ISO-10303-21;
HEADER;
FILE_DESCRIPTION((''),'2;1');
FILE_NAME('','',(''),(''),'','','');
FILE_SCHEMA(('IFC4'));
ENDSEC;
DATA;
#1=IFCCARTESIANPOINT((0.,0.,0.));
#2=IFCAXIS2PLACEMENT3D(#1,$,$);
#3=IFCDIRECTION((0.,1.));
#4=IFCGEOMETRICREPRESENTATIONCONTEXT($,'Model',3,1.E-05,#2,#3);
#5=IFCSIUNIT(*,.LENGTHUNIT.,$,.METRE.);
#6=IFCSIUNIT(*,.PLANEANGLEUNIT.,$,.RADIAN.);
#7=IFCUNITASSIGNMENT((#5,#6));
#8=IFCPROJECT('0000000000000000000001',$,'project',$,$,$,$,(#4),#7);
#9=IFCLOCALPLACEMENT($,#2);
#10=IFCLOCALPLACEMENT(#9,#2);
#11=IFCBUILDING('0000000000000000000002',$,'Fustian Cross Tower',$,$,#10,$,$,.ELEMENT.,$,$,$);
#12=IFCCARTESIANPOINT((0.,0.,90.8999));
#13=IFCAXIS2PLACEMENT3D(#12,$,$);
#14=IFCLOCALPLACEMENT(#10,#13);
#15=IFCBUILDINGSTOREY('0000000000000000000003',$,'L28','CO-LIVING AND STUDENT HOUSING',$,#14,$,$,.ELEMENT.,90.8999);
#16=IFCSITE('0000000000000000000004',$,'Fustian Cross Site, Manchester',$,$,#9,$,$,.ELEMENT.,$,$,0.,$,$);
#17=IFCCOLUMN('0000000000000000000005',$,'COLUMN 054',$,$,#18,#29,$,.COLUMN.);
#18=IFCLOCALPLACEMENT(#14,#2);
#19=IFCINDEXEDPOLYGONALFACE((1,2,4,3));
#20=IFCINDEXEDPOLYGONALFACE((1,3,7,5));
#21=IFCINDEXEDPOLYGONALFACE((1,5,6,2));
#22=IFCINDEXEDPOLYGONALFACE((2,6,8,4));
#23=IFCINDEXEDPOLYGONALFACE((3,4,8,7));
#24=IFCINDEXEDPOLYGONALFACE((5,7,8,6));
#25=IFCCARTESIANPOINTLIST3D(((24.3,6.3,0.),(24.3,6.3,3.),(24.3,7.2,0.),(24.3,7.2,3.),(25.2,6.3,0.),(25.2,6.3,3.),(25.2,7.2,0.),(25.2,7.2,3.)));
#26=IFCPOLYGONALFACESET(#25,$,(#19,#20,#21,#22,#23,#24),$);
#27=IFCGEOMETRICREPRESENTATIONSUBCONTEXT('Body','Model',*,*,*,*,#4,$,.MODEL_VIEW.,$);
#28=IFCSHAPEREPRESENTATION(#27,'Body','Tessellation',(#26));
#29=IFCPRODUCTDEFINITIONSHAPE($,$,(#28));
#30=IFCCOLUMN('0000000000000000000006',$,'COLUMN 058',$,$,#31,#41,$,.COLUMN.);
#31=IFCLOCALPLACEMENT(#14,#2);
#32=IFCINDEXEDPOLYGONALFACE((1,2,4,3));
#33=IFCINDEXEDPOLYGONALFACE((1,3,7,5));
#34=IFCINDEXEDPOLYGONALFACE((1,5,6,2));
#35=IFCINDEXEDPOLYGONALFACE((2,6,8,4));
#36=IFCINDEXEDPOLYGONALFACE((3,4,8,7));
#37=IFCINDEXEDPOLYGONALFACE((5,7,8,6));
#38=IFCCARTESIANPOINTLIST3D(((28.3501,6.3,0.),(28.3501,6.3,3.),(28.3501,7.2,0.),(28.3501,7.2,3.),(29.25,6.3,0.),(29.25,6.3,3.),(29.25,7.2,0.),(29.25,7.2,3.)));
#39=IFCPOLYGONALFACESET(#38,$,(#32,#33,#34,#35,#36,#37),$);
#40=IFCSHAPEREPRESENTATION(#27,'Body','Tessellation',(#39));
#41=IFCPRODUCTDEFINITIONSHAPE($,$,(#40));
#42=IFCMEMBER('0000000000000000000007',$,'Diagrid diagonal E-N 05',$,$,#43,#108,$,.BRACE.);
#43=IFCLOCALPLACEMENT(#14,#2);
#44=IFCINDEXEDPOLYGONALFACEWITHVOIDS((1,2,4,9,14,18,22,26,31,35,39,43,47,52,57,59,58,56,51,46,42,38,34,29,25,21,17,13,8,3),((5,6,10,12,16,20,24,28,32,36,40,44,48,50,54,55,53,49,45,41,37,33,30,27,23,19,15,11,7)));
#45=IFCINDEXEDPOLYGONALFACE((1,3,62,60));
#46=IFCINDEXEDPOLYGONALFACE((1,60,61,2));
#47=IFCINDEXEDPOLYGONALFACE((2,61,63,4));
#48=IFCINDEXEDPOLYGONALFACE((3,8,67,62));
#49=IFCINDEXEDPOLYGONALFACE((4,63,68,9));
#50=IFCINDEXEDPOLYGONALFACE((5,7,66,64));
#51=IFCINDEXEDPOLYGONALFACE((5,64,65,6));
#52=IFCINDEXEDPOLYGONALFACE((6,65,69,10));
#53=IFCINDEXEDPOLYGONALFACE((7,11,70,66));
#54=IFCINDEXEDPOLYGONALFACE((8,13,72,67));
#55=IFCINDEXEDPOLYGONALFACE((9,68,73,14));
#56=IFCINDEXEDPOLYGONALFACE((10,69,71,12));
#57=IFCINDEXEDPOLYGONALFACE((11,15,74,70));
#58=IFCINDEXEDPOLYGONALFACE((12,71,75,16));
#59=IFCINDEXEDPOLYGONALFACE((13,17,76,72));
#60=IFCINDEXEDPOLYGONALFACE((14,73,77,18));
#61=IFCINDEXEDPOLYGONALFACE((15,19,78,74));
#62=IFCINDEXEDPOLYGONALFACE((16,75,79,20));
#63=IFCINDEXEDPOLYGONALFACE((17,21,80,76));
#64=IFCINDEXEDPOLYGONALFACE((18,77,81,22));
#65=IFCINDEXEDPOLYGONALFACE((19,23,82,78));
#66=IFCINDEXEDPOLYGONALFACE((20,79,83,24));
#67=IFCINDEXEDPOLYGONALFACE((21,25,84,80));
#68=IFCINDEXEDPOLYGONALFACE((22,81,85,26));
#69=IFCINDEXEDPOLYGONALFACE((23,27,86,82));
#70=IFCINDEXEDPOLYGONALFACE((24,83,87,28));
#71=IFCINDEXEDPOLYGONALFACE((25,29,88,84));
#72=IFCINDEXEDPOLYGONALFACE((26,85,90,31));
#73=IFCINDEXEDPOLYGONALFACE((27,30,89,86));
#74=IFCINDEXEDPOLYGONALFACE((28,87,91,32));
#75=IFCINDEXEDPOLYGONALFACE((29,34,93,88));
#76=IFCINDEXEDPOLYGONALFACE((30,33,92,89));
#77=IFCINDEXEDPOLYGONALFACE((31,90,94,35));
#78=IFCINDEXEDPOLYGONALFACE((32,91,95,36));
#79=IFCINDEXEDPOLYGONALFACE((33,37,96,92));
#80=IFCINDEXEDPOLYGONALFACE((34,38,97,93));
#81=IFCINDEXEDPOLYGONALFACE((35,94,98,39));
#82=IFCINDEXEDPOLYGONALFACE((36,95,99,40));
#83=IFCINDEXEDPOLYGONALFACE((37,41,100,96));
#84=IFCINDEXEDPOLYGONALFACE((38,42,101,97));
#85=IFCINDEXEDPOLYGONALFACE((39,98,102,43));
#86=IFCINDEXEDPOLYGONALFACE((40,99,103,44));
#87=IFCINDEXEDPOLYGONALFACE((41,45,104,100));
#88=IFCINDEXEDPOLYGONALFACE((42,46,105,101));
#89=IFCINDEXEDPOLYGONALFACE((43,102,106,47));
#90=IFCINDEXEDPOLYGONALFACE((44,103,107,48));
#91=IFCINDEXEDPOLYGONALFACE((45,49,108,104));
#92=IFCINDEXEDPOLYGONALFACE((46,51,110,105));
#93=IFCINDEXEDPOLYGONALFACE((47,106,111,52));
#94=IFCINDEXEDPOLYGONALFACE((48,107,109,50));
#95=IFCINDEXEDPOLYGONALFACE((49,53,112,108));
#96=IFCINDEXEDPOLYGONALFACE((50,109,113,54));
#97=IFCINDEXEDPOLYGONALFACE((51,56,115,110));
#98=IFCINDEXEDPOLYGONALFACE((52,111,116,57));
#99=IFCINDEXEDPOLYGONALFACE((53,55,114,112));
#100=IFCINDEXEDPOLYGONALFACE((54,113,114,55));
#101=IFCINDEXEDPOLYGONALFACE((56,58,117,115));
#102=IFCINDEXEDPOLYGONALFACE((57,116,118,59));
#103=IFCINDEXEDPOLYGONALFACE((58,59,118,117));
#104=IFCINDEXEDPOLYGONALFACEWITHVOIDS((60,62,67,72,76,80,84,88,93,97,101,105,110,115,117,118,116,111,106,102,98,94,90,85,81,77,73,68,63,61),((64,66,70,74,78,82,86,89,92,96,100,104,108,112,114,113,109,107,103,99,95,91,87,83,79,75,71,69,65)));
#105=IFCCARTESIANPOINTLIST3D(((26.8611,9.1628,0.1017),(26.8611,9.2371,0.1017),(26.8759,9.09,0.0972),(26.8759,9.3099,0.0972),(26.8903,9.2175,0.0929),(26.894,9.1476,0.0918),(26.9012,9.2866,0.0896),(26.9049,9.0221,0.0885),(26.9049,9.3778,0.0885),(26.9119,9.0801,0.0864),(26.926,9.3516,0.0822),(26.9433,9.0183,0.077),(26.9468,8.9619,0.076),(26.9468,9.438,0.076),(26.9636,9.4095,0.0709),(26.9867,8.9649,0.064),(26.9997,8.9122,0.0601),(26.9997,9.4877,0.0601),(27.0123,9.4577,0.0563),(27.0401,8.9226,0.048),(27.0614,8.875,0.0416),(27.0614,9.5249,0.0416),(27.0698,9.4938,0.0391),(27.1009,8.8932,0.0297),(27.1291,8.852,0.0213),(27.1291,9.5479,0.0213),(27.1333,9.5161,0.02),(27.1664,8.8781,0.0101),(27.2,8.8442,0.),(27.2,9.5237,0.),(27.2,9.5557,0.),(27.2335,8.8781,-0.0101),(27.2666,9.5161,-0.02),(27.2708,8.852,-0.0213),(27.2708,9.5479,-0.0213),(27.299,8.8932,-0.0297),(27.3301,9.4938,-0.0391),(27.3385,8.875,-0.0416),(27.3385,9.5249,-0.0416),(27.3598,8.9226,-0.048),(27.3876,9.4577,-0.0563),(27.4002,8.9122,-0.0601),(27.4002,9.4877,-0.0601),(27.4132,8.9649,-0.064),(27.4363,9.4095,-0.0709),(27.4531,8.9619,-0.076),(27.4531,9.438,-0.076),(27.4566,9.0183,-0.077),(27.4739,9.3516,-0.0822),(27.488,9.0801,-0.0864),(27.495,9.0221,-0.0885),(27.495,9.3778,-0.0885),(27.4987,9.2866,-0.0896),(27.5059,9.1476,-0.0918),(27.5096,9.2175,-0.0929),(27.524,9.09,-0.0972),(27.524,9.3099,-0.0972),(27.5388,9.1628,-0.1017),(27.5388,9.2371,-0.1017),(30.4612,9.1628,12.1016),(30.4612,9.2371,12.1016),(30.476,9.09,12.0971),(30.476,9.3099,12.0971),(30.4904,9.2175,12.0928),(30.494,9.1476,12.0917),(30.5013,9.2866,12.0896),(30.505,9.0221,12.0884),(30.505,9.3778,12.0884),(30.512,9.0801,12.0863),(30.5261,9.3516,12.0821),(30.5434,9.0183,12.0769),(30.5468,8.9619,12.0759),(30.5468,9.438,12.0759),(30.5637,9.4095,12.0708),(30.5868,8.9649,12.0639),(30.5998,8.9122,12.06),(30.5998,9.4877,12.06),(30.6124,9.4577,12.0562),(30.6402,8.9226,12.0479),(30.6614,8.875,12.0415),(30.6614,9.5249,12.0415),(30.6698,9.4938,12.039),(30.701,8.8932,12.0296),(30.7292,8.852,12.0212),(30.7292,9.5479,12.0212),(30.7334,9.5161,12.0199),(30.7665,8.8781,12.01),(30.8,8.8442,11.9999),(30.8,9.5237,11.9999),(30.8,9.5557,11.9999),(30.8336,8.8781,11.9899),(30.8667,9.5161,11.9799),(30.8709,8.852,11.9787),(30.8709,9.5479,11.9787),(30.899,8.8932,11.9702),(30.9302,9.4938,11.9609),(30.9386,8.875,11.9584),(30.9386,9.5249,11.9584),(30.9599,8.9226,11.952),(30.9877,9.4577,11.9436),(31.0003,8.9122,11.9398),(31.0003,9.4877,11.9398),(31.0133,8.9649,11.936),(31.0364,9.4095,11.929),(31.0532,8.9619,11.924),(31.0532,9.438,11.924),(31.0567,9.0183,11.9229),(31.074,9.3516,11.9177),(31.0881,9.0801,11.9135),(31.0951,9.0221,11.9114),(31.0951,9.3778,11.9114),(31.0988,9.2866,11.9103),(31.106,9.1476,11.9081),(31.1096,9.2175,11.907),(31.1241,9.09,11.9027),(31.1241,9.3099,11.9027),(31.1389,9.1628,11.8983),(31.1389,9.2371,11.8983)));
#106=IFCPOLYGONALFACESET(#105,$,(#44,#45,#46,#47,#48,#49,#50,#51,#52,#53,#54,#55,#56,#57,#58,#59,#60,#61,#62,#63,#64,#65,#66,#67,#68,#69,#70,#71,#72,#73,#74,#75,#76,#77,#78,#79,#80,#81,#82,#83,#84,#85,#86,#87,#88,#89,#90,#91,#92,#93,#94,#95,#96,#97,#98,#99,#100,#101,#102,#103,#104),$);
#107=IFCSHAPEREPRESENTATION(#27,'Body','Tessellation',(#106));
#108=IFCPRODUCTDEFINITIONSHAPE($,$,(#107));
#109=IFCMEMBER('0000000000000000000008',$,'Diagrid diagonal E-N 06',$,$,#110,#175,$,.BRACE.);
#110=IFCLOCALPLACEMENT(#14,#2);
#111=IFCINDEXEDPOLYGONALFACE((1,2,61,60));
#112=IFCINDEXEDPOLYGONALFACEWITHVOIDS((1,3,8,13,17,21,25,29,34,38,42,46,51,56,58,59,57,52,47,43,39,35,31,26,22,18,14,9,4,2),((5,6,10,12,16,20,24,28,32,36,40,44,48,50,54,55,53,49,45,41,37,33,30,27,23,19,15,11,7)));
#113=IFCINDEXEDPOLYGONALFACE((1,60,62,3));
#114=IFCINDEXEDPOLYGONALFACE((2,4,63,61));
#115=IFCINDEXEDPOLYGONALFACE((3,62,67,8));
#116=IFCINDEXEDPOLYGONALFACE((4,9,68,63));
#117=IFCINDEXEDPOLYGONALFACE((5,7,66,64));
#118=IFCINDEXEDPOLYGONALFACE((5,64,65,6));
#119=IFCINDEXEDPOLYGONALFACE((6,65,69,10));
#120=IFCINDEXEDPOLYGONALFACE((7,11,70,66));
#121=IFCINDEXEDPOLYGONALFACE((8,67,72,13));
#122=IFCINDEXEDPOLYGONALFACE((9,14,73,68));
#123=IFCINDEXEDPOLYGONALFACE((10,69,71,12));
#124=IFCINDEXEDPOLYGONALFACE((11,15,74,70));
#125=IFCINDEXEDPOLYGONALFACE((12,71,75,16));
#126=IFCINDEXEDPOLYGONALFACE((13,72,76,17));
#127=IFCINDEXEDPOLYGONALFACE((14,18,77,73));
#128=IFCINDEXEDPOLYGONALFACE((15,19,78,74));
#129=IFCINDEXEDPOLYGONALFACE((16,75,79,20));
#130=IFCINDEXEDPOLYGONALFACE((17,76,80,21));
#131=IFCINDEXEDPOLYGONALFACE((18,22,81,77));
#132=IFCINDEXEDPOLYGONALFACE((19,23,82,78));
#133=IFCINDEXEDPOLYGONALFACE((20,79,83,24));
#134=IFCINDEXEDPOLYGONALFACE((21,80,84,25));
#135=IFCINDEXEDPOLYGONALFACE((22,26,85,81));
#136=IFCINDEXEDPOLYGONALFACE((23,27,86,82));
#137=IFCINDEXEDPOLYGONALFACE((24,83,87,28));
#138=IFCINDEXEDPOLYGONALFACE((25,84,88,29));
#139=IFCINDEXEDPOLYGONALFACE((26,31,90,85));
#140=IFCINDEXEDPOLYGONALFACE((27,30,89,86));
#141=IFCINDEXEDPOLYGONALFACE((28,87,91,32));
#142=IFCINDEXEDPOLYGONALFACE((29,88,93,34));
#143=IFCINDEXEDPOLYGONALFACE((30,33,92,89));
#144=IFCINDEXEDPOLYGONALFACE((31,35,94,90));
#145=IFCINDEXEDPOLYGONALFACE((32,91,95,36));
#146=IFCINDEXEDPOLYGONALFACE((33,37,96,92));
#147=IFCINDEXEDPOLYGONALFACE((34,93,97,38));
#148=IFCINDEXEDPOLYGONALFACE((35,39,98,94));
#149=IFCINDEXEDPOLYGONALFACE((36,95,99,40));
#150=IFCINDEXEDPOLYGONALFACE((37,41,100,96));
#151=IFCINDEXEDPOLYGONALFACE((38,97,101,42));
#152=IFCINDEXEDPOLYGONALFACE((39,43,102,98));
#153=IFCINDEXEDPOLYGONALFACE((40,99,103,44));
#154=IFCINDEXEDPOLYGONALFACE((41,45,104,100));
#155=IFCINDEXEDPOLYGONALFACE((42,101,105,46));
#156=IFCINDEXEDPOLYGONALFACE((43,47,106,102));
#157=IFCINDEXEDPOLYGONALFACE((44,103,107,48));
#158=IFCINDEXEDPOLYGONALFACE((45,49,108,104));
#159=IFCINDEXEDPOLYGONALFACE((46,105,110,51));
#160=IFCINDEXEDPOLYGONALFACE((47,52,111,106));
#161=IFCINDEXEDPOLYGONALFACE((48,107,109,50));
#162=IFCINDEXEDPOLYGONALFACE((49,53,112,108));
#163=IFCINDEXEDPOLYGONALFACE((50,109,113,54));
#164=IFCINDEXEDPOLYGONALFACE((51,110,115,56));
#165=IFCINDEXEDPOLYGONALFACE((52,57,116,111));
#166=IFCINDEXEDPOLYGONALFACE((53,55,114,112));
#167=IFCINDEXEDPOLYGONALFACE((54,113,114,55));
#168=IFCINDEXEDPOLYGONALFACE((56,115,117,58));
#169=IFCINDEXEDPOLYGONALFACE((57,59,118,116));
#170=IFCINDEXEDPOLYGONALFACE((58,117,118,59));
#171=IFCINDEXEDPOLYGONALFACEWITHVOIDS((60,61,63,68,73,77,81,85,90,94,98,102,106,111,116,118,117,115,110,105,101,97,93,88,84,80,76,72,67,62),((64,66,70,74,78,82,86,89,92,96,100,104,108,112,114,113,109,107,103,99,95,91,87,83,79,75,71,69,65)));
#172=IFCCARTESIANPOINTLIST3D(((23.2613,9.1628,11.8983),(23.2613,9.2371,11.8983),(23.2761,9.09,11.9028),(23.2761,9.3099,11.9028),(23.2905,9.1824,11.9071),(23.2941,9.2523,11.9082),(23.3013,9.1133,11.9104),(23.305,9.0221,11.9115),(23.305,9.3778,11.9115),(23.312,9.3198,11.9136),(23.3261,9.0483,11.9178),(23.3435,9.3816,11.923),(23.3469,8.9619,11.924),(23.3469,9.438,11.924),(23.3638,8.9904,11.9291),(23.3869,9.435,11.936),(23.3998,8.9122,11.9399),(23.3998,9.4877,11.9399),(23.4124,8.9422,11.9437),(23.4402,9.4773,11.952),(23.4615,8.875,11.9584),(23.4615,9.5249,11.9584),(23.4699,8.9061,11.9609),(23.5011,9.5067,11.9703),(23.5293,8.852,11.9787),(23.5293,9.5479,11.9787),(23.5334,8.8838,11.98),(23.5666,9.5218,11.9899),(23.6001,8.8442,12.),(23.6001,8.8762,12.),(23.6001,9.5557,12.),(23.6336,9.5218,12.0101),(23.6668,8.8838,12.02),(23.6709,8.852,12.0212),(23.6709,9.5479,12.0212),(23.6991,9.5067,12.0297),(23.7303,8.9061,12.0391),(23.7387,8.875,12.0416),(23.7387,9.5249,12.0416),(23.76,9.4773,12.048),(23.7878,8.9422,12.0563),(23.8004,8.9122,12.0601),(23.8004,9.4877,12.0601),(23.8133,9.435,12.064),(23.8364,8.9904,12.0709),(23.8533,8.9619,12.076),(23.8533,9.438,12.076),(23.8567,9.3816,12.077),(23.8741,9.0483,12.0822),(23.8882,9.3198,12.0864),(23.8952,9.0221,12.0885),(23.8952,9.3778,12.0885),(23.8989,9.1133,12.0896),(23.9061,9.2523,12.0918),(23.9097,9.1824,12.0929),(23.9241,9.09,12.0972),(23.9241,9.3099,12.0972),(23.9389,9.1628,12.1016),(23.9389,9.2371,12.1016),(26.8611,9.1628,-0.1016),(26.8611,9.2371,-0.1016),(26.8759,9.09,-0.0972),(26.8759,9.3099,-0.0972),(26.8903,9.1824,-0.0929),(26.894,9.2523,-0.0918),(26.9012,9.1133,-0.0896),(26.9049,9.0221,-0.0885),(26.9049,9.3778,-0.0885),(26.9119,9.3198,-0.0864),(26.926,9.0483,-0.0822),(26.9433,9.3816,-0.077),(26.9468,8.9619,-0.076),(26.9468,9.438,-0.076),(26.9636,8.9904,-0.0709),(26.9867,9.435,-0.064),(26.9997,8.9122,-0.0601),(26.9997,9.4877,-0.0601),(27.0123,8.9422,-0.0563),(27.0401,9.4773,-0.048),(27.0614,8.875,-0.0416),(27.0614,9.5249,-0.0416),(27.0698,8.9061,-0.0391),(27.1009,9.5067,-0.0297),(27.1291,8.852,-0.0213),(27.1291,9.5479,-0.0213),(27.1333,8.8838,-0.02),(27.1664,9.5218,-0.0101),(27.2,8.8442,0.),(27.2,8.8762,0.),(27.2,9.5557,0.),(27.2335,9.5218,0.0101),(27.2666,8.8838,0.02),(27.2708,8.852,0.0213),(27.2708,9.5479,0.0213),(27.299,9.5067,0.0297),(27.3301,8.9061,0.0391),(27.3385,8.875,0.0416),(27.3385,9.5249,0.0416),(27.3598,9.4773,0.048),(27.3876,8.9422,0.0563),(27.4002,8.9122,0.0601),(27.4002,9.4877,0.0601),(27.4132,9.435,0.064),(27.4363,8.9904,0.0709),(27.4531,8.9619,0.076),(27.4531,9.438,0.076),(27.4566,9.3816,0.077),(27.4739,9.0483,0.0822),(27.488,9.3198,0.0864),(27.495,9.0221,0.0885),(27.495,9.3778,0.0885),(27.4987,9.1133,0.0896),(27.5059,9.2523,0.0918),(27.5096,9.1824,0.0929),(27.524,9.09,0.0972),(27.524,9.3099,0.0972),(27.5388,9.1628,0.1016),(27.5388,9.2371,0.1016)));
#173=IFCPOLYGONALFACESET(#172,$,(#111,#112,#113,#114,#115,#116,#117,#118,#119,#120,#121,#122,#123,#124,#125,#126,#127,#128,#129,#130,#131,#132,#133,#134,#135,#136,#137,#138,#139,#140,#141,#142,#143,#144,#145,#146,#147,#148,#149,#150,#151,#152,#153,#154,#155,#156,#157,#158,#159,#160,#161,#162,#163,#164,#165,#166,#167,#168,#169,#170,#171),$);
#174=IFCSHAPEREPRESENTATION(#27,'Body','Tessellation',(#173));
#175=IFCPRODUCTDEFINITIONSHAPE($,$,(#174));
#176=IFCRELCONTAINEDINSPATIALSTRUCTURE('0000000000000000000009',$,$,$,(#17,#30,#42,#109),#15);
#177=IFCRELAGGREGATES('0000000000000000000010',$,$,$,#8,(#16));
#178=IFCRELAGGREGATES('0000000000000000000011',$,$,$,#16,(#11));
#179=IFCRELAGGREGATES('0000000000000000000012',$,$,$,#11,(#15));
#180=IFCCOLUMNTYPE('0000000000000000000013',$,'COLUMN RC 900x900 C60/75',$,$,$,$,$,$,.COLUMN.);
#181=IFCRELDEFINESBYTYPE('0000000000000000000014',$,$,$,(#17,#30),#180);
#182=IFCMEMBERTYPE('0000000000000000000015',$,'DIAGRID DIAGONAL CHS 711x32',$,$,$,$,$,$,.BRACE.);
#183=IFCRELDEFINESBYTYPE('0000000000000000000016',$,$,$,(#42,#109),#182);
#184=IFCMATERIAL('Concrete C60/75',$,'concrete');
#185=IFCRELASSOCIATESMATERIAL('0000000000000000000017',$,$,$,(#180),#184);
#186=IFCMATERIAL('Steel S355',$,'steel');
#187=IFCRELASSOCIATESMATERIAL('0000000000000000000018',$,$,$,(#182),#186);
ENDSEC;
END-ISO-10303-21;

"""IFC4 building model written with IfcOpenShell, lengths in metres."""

from ifc_helpers import new_model, si_unit, direction, frame, origin, origin_2d, place, context, subcontext, project, spatial, rectangle, hollow_circle, extrude, material, material_profile, profile_set, type_object, element, save


model = new_model("IFC4")

# Units and contexts
model_context = context("Model", 3, precision=1e-05, world=origin(), true_north=direction((0.0, 1.0)))
body_context = subcontext(model_context, "Body", "Model", "MODEL_VIEW")
ifc_project = project(units=[si_unit("LENGTHUNIT", "METRE"), si_unit("PLANEANGLEUNIT", "RADIAN")], contexts=[model_context])

# Site, building, storey
site_placement = place(None, origin())
site = spatial("IfcSite", under=ifc_project, at=site_placement, Name="Fustian Cross Site, Manchester", CompositionType="ELEMENT", RefElevation=0.0)
building_placement = place(site_placement, origin())
building = spatial("IfcBuilding", under=site, at=building_placement, Name="Fustian Cross Tower", CompositionType="ELEMENT")
storey_placement = place(building_placement, frame((0.0, 0.0, 90.8999)))
storey = spatial("IfcBuildingStorey", under=building, at=storey_placement, Name="L28", Description="CO-LIVING AND STUDENT HOUSING", CompositionType="ELEMENT", Elevation=90.8999)

# Columns
ifc_material_1 = material(Name="Concrete C60/75", Category="concrete")
ifc_material_profile_1 = material_profile(ifc_material_1, rectangle(XDim=0.8999, YDim=0.8999, at=origin_2d()), Name="RC 900x900")
ifc_profile_set_1 = profile_set([ifc_material_profile_1], Name="Concrete C60/75")
column_type = type_object("IfcColumnType", Name="COLUMN RC 900x900 C60/75", PredefinedType="COLUMN", material=ifc_profile_set_1)
for number, where, z_axis, x_axis, name in (
    (1, (24.75, 6.75, 0.0), (0.0, 0.0, 1.0), (1.0, 0.0, 0.0), "COLUMN 054"),
    (2, (28.8, 6.75, 0.0), (0.0, 0.0, 1.0), (1.0, 0.0, 0.0), "COLUMN 058"),
):
    element("IfcColumn", number, at=place(storey_placement, frame(where, z_axis=z_axis, x_axis=x_axis)), inside=storey, type_object=column_type, Name=name, PredefinedType="COLUMN", context=body_context, shape_type="SweptSolid", body=[
        extrude(rectangle(XDim=0.8999, YDim=0.8999, at=origin_2d()), origin(), (0.0, 0.0, 1.0), 3.0),
    ])

# Members
ifc_material_2 = material(Name="Steel S355", Category="steel")
ifc_material_profile_2 = material_profile(ifc_material_2, hollow_circle(Radius=0.3557, WallThickness=0.032, at=origin_2d()), Name="CHS 711x32")
ifc_profile_set_2 = profile_set([ifc_material_profile_2], Name="Steel S355")
member_type_1 = type_object("IfcMemberType", Name="DIAGRID DIAGONAL CHS 711x32", PredefinedType="BRACE", material=ifc_profile_set_2)
for number, where, z_axis, x_axis, name in (
    (3, (27.2, 9.2, 0.0), (0.287355, 0.0, 0.957824), (0.0, 1.0, 0.0), "Diagrid diagonal E-N 05"),
    (4, (27.2, 9.2, 0.0), (-0.287337, 0.0, 0.95783), (0.0, -1.0, 0.0), "Diagrid diagonal E-N 06"),
):
    element("IfcMember", number, at=place(storey_placement, frame(where, z_axis=z_axis, x_axis=x_axis)), inside=storey, type_object=member_type_1, Name=name, PredefinedType="BRACE", context=body_context, shape_type="SweptSolid", body=[
        extrude(hollow_circle(Radius=0.3557, WallThickness=0.032, at=origin_2d()), origin(), (0.0, 0.0, 1.0), 12.5283),
    ])

save(model, "model.ifc")
